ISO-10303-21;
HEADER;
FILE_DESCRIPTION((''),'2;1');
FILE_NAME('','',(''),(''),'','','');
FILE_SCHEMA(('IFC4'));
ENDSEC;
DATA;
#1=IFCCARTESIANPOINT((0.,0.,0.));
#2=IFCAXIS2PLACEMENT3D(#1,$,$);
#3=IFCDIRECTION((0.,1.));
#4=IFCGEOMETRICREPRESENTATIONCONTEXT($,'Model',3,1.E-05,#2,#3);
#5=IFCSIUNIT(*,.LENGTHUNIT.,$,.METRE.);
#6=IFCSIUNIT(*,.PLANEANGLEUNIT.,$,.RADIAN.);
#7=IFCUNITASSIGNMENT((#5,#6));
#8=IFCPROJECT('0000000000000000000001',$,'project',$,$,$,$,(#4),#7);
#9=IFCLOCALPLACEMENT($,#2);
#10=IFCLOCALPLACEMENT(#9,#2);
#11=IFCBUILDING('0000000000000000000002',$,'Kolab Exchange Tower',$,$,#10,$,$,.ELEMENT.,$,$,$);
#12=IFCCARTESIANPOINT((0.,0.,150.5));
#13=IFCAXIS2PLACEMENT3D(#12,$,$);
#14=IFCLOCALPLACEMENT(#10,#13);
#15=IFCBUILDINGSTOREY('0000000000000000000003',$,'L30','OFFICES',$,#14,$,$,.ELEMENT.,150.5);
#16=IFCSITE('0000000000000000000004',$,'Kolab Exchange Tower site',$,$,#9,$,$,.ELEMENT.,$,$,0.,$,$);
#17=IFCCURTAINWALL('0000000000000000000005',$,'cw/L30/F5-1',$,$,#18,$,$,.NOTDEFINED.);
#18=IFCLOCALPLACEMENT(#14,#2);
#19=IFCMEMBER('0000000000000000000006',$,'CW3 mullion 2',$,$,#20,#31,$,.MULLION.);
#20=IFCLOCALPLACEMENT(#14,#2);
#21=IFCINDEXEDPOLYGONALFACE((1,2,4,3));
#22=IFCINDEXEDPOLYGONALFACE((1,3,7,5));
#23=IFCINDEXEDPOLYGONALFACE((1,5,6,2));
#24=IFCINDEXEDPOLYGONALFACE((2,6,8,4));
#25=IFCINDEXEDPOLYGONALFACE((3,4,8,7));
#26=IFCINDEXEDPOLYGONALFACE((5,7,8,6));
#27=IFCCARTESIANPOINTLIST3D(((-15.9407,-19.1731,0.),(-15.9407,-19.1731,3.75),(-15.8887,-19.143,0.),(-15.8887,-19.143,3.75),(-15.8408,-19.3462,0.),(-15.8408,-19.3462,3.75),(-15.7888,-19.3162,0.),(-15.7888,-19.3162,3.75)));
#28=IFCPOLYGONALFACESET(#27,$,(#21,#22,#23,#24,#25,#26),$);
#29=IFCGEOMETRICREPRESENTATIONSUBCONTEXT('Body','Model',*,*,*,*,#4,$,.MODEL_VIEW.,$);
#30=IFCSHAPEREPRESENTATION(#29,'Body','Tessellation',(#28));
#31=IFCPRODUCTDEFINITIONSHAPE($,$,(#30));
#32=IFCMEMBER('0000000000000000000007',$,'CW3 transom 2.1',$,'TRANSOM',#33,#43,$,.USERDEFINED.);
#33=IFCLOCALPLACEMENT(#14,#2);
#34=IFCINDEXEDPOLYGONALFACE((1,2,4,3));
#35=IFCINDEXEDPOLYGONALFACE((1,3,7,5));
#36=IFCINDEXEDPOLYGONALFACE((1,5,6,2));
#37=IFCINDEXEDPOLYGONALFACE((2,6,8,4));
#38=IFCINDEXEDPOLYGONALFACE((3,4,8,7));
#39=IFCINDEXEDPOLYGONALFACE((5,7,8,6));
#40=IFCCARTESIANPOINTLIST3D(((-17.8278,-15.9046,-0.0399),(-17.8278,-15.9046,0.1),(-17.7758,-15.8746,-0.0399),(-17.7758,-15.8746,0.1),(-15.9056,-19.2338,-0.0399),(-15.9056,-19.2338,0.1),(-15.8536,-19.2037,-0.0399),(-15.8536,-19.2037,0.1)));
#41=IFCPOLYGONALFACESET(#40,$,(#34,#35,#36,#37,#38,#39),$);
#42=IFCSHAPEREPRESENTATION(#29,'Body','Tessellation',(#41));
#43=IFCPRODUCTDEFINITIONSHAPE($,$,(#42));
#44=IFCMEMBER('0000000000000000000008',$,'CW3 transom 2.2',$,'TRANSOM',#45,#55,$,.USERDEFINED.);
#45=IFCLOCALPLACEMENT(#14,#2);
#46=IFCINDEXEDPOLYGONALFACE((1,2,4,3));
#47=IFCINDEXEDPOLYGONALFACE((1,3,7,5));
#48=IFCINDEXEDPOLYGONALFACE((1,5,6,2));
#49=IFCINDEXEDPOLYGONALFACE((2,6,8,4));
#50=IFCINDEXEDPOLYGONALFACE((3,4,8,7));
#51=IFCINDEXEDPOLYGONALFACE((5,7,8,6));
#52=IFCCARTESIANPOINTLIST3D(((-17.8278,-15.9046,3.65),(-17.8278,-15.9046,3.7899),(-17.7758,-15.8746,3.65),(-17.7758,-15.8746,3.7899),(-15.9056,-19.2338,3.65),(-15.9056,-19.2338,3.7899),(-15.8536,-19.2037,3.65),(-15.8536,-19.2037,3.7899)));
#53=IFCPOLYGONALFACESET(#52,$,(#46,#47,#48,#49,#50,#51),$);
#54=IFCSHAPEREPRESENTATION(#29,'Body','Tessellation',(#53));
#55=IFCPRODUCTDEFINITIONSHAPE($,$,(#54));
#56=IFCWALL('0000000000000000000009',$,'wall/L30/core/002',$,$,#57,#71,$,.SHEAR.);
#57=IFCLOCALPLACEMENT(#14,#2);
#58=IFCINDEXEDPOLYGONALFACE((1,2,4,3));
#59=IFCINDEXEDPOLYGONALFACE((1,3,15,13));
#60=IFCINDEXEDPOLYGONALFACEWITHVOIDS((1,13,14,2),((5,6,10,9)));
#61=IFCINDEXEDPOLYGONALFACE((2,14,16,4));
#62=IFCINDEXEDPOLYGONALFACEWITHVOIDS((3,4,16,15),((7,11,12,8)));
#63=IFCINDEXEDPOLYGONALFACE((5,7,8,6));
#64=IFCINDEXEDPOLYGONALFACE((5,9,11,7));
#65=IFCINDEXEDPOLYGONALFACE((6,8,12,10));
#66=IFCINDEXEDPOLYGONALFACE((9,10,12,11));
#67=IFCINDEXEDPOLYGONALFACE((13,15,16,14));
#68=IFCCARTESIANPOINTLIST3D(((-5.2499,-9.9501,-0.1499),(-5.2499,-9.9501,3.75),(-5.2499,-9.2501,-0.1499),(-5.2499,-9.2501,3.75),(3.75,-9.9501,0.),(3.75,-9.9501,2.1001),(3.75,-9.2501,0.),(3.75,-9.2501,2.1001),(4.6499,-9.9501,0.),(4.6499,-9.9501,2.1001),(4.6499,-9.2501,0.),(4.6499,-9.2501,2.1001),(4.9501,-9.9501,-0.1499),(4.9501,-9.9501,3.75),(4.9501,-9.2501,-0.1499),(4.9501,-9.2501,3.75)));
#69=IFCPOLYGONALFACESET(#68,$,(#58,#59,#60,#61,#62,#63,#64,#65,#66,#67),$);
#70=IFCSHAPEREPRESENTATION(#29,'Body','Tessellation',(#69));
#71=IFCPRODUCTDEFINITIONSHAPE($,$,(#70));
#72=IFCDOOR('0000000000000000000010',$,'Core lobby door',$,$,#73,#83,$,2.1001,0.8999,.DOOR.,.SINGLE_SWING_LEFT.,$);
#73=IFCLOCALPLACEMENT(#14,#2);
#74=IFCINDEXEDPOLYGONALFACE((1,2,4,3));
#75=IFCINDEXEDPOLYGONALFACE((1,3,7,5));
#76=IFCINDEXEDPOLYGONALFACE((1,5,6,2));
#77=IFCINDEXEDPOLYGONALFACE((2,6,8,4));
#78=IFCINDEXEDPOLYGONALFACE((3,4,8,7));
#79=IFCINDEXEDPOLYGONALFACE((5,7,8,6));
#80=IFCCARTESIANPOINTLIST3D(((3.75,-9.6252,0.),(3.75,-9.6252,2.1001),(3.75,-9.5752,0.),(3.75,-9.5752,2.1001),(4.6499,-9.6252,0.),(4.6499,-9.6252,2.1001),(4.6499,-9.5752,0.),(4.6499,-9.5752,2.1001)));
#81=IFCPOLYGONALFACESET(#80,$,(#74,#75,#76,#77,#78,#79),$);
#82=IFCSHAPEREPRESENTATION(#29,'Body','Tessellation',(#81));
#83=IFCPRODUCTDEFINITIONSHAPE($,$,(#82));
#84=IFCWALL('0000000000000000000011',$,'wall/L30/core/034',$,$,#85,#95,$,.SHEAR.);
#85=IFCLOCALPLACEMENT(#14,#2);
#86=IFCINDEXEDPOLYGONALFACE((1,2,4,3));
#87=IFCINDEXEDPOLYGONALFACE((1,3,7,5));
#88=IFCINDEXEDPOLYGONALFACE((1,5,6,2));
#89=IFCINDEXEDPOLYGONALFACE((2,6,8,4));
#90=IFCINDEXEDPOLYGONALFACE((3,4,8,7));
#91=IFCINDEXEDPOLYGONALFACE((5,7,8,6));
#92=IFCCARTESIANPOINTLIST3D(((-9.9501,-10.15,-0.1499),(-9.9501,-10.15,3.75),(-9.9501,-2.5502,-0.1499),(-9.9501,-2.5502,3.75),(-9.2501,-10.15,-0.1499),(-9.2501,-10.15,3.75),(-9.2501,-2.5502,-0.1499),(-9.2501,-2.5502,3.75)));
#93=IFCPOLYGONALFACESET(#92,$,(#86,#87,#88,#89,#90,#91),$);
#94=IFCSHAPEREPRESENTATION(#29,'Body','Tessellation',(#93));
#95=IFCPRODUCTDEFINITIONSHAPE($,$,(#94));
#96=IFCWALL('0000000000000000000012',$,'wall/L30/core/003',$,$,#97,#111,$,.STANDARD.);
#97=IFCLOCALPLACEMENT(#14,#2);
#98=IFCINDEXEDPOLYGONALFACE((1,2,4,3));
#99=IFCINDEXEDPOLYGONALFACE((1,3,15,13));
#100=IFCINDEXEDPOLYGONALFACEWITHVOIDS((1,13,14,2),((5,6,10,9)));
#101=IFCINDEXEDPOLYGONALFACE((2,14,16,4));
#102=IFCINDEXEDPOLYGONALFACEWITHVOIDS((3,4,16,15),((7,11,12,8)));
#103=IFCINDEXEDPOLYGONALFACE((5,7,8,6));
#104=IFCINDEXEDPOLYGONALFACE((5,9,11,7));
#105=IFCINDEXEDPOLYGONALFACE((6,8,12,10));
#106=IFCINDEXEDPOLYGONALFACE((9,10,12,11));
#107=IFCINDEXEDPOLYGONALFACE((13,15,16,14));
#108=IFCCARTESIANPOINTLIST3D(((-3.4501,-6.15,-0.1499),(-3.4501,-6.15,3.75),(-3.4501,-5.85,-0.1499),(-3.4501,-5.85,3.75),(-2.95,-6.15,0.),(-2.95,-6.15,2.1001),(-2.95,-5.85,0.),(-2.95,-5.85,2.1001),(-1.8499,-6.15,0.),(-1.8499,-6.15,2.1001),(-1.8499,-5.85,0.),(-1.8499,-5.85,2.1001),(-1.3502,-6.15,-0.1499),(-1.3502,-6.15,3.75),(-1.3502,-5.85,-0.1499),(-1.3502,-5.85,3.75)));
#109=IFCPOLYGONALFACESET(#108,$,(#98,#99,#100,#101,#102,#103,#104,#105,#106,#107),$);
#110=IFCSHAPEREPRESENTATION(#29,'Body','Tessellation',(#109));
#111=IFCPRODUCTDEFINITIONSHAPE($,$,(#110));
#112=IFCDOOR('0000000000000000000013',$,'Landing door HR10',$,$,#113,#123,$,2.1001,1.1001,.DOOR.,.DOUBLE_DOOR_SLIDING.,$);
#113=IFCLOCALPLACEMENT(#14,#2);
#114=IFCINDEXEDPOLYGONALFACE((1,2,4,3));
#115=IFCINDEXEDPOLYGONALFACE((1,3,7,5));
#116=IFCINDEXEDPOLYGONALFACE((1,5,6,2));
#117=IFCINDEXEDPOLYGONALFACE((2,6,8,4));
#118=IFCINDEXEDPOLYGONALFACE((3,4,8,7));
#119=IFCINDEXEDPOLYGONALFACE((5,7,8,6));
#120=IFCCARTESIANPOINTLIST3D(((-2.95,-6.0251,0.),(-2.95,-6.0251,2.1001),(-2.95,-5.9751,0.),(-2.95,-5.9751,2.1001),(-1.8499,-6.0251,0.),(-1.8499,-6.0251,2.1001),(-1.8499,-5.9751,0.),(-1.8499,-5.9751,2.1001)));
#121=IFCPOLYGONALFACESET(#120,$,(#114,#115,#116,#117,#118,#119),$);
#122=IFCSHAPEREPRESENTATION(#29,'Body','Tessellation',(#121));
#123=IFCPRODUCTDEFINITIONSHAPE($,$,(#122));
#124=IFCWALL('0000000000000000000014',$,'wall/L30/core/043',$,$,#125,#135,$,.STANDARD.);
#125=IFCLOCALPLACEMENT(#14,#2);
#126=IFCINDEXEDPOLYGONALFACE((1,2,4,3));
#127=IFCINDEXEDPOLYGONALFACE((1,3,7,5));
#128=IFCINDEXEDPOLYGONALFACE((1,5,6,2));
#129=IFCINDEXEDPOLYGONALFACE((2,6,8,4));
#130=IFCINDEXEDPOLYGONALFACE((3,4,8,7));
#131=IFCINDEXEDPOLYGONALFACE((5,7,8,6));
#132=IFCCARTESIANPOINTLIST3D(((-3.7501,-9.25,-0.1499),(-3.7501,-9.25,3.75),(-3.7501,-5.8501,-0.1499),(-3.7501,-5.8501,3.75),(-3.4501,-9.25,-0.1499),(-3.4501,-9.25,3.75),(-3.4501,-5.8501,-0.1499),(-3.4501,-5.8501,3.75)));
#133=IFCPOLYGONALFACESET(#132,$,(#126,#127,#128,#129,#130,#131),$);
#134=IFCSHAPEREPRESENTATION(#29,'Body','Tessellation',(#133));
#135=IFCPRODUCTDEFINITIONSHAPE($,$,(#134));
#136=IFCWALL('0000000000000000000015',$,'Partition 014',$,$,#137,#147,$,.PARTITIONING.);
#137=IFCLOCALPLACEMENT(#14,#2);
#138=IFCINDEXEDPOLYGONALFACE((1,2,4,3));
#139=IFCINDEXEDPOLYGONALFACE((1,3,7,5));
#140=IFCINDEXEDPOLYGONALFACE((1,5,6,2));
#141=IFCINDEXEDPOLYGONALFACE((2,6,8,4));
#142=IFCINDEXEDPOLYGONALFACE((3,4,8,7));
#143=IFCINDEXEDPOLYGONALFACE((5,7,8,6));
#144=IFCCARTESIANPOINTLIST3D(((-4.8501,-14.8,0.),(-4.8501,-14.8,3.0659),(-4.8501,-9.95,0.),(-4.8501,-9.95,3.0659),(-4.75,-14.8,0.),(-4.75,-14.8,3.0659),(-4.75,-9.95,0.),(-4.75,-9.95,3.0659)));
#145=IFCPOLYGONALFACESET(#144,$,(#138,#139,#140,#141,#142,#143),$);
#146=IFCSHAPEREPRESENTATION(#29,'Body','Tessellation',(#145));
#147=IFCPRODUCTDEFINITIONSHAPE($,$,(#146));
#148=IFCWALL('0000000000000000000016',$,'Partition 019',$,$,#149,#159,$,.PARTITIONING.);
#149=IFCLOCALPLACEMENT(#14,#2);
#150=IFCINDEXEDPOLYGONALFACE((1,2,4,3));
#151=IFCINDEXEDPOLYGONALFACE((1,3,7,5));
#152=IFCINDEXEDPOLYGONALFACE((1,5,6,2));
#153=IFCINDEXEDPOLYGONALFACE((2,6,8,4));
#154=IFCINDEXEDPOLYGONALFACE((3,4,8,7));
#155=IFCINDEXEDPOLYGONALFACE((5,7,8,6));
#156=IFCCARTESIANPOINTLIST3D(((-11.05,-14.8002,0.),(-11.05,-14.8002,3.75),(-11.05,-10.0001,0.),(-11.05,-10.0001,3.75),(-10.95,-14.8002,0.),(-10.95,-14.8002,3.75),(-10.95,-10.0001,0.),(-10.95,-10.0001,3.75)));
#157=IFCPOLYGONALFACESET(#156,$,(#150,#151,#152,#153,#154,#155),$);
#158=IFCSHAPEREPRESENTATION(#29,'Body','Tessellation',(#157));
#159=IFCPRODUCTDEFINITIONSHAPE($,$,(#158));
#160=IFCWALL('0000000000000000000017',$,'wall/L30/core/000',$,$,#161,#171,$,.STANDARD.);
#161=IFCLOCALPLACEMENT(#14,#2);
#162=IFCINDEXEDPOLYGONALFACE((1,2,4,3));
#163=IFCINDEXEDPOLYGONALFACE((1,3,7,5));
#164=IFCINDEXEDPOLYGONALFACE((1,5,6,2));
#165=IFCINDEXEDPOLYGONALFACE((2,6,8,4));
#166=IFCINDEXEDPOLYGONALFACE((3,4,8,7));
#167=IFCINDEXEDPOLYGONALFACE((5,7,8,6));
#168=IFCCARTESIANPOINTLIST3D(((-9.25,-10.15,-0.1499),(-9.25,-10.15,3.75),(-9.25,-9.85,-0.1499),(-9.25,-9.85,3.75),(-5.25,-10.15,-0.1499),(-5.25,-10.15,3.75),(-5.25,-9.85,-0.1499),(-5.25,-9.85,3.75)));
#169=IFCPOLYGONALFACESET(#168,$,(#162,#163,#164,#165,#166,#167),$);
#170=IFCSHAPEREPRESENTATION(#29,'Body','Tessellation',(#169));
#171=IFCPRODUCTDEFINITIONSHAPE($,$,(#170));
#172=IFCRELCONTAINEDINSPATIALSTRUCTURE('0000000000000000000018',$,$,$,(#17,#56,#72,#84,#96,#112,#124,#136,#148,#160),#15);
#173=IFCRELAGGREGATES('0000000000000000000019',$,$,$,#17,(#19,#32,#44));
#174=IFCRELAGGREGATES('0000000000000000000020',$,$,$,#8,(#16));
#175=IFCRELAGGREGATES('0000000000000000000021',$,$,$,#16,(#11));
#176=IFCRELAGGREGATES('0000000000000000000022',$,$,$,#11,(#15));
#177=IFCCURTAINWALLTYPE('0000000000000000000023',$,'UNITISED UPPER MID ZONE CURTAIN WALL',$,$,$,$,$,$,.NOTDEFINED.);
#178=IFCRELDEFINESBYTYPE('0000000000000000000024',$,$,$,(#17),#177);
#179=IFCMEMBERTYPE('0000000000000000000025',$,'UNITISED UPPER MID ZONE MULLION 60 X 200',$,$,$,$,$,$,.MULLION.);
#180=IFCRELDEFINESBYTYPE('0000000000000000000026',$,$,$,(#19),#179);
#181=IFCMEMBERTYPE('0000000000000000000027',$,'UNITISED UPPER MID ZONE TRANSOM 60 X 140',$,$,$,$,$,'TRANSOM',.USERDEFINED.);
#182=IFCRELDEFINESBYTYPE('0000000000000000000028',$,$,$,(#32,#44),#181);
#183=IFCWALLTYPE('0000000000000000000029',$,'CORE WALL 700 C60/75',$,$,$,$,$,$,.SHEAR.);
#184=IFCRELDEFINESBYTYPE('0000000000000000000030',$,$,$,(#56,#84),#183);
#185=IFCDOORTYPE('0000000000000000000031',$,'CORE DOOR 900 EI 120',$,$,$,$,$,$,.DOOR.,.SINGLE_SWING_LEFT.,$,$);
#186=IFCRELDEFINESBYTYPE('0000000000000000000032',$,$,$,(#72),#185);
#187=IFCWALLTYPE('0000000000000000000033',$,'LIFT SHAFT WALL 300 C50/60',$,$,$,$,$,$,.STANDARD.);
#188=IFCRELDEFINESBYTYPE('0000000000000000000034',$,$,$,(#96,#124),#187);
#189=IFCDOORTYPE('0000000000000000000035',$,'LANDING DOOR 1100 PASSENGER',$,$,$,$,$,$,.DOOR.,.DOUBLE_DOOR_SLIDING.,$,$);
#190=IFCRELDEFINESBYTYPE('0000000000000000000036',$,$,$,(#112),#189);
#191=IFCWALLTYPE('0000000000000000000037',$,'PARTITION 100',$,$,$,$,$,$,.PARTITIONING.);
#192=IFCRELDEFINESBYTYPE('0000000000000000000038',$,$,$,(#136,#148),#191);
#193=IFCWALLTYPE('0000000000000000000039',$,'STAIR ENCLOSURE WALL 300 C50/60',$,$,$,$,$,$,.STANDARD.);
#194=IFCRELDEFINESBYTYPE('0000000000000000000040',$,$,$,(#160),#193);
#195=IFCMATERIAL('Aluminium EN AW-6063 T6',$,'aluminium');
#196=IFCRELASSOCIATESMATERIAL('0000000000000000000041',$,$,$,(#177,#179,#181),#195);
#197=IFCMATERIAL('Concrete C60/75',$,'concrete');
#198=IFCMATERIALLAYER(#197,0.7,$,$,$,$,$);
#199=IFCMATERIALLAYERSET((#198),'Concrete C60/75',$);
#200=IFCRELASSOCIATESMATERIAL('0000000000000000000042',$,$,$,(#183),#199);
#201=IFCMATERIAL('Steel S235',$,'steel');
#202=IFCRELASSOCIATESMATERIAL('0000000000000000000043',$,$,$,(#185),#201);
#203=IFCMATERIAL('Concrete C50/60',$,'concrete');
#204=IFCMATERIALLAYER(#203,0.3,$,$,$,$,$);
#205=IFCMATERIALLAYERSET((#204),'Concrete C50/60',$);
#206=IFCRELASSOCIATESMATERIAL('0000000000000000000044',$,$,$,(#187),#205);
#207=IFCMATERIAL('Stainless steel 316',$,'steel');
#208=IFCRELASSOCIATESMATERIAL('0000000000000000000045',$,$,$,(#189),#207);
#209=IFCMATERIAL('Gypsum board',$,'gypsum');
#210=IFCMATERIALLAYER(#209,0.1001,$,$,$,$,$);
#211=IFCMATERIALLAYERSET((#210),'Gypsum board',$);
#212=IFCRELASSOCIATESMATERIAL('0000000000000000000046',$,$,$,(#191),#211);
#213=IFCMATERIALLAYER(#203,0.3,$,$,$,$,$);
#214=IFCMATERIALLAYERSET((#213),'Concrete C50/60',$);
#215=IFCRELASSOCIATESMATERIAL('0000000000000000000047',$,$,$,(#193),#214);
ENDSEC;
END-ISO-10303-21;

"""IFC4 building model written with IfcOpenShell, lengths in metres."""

from ifc_helpers import new_model, si_unit, direction, frame, frame_2d, origin, origin_2d, place, context, subcontext, project, spatial, rectangle, extrude, material, layer, layer_set, material_profile, profile_set, type_object, element, fill, aggregate, save


model = new_model("IFC4")

# Units and contexts
model_context = context("Model", 3, precision=1e-05, world=origin(), true_north=direction((0.0, 1.0)))
body_context = subcontext(model_context, "Body", "Model", "MODEL_VIEW")
ifc_project = project(units=[si_unit("LENGTHUNIT", "METRE"), si_unit("PLANEANGLEUNIT", "RADIAN")], contexts=[model_context])

# Site, building, storey
site_placement = place(None, origin())
site = spatial("IfcSite", under=ifc_project, at=site_placement, Name="Kolab Exchange Tower site", CompositionType="ELEMENT", RefElevation=0.0)
building_placement = place(site_placement, origin())
building = spatial("IfcBuilding", under=site, at=building_placement, Name="Kolab Exchange Tower", CompositionType="ELEMENT")
storey_placement = place(building_placement, frame((0.0, 0.0, 150.5)))
storey = spatial("IfcBuildingStorey", under=building, at=storey_placement, Name="L30", Description="OFFICES", CompositionType="ELEMENT", Elevation=150.5)

# Curtain wall, members
ifc_material_1 = material(Name="Aluminium EN AW-6063 T6", Category="aluminium")
curtain_wall_type = type_object("IfcCurtainWallType", Name="UNITISED UPPER MID ZONE CURTAIN WALL", PredefinedType="NOTDEFINED", material=ifc_material_1)
curtain_wall_placement = place(storey_placement, origin())
curtain_wall = element("IfcCurtainWall", 1, at=curtain_wall_placement, inside=storey, type_object=curtain_wall_type, Name="cw/L30/F5-1", PredefinedType="NOTDEFINED")
ifc_material_profile_1 = material_profile(ifc_material_1, rectangle(XDim=0.0601, YDim=0.2, at=origin_2d()), Name="RECT 60X200")
ifc_profile_set_1 = profile_set([ifc_material_profile_1], Name="Aluminium EN AW-6063 T6")
member_type_1 = type_object("IfcMemberType", Name="UNITISED UPPER MID ZONE MULLION 60 X 200", PredefinedType="MULLION", material=ifc_profile_set_1)
member_1_placement = place(storey_placement, frame((-15.8647, -19.2446, 0.0), z_axis=(0.0, 0.0, 1.0), x_axis=(-0.866025, -0.5, 0.0)))
member_1 = element("IfcMember", 2, at=member_1_placement, type_object=member_type_1, Name="CW3 mullion 2", PredefinedType="MULLION", context=body_context, shape_type="SweptSolid", body=[
    extrude(rectangle(XDim=0.0601, YDim=0.2, at=origin_2d()), origin(), (0.0, 0.0, 1.0), 3.75),
])
ifc_material_profile_2 = material_profile(ifc_material_1, rectangle(XDim=0.0601, YDim=0.1399, at=origin_2d()), Name="RECT 60X140")
ifc_profile_set_2 = profile_set([ifc_material_profile_2], Name="Aluminium EN AW-6063 T6")
member_type_2 = type_object("IfcMemberType", Name="UNITISED UPPER MID ZONE TRANSOM 60 X 140", ElementType="TRANSOM", PredefinedType="USERDEFINED", material=ifc_profile_set_2)
member_2_placement = place(storey_placement, frame((-15.8796, -19.2188, 0.03), z_axis=(-0.500012, 0.866018, 0.0), x_axis=(-0.866018, -0.500012, 0.0)))
member_2 = element("IfcMember", 3, at=member_2_placement, type_object=member_type_2, Name="CW3 transom 2.1", ObjectType="TRANSOM", PredefinedType="USERDEFINED", context=body_context, shape_type="SweptSolid", body=[
    extrude(rectangle(XDim=0.0601, YDim=0.1399, at=origin_2d()), origin(), (0.0, 0.0, 1.0), 3.8442),
])
member_3_placement = place(storey_placement, frame((-15.8796, -19.2188, 3.72), z_axis=(-0.500012, 0.866018, 0.0), x_axis=(-0.866018, -0.500012, 0.0)))
member_3 = element("IfcMember", 4, at=member_3_placement, type_object=member_type_2, Name="CW3 transom 2.2", ObjectType="TRANSOM", PredefinedType="USERDEFINED", context=body_context, shape_type="SweptSolid", body=[
    extrude(rectangle(XDim=0.0601, YDim=0.1399, at=origin_2d()), origin(), (0.0, 0.0, 1.0), 3.8442),
])
aggregate(curtain_wall, [member_1, member_2, member_3])

# Wall, opening, door
ifc_material_2 = material(Name="Concrete C60/75", Category="concrete")
ifc_layer_1 = layer(ifc_material_2, 0.7)
ifc_layer_set_1 = layer_set([ifc_layer_1], Name="Concrete C60/75")
wall_type_1 = type_object("IfcWallType", Name="CORE WALL 700 C60/75", PredefinedType="SHEAR", material=ifc_layer_set_1)
wall_1_placement = place(storey_placement, frame((-5.25, -9.6001, -0.1499), z_axis=(0.0, 0.0, 1.0), x_axis=(1.0, 0.0, 0.0)))
wall_1 = element("IfcWall", 5, at=wall_1_placement, inside=storey, type_object=wall_type_1, Name="wall/L30/core/002", PredefinedType="SHEAR", context=body_context, shape_type="SweptSolid", body=[
    extrude(rectangle(XDim=10.2, YDim=0.7, at=frame_2d((5.1001, 0.0))), origin(), (0.0, 0.0, 1.0), 3.8999),
])
opening_1_placement = place(wall_1_placement, frame((9.0, 0.0, 0.1499)))
opening_1 = element("IfcOpeningElement", 6, at=opening_1_placement, cuts=wall_1, PredefinedType="OPENING", context=body_context, shape_type="SweptSolid", body=[
    extrude(rectangle(XDim=0.8999, YDim=2.1001, at=frame_2d((0.45, 1.05))), frame((0.0, 0.3599, 0.0), z_axis=(0.0, -1.0, 0.0), x_axis=(1.0, 0.0, 0.0)), (0.0, 0.0, 1.0), 0.72),
])
ifc_material_3 = material(Name="Steel S235", Category="steel")
door_type_1 = type_object("IfcDoorType", Name="CORE DOOR 900 EI 120", OperationType="SINGLE_SWING_LEFT", PredefinedType="DOOR", material=ifc_material_3)
door_1_placement = place(opening_1_placement, origin())
door_1 = element("IfcDoor", 7, at=door_1_placement, inside=storey, type_object=door_type_1, Name="Core lobby door", OperationType="SINGLE_SWING_LEFT", OverallHeight=2.1001, OverallWidth=0.8999, PredefinedType="DOOR", context=body_context, shape_type="SweptSolid", body=[
    extrude(rectangle(XDim=0.8999, YDim=2.1001, at=frame_2d((0.45, 1.05))), frame((0.0, 0.0249, 0.0), z_axis=(0.0, -1.0, 0.0), x_axis=(1.0, 0.0, 0.0)), (0.0, 0.0, 1.0), 0.05),
])
fill(opening_1, door_1)

# Wall
wall_2_placement = place(storey_placement, frame((-9.6001, -10.1499, -0.1499), z_axis=(0.0, 0.0, 1.0), x_axis=(0.0, 1.0, 0.0)))
element("IfcWall", 8, at=wall_2_placement, inside=storey, type_object=wall_type_1, Name="wall/L30/core/034", PredefinedType="SHEAR", context=body_context, shape_type="SweptSolid", body=[
    extrude(rectangle(XDim=7.5999, YDim=0.7, at=frame_2d((3.7998, 0.0))), origin(), (0.0, 0.0, 1.0), 3.8999),
])

# Wall, opening, door
ifc_material_4 = material(Name="Concrete C50/60", Category="concrete")
ifc_layer_2 = layer(ifc_material_4, 0.3)
ifc_layer_set_2 = layer_set([ifc_layer_2], Name="Concrete C50/60")
wall_type_2 = type_object("IfcWallType", Name="LIFT SHAFT WALL 300 C50/60", PredefinedType="STANDARD", material=ifc_layer_set_2)
wall_3_placement = place(storey_placement, frame((-3.45, -6.0, -0.1499), z_axis=(0.0, 0.0, 1.0), x_axis=(1.0, 0.0, 0.0)))
wall_3 = element("IfcWall", 9, at=wall_3_placement, inside=storey, type_object=wall_type_2, Name="wall/L30/core/003", PredefinedType="STANDARD", context=body_context, shape_type="SweptSolid", body=[
    extrude(rectangle(XDim=2.0999, YDim=0.3, at=frame_2d((1.0498, 0.0))), origin(), (0.0, 0.0, 1.0), 3.8999),
])
opening_2_placement = place(wall_3_placement, frame((0.5, 0.0, 0.1499)))
opening_2 = element("IfcOpeningElement", 10, at=opening_2_placement, cuts=wall_3, PredefinedType="OPENING", context=body_context, shape_type="SweptSolid", body=[
    extrude(rectangle(XDim=1.1001, YDim=2.1001, at=frame_2d((0.55, 1.05))), frame((0.0, 0.1602, 0.0), z_axis=(0.0, -1.0, 0.0), x_axis=(1.0, 0.0, 0.0)), (0.0, 0.0, 1.0), 0.3201),
])
ifc_material_5 = material(Name="Stainless steel 316", Category="steel")
door_type_2 = type_object("IfcDoorType", Name="LANDING DOOR 1100 PASSENGER", OperationType="DOUBLE_DOOR_SLIDING", PredefinedType="DOOR", material=ifc_material_5)
door_2_placement = place(opening_2_placement, origin())
door_2 = element("IfcDoor", 11, at=door_2_placement, inside=storey, type_object=door_type_2, Name="Landing door HR10", OperationType="DOUBLE_DOOR_SLIDING", OverallHeight=2.1001, OverallWidth=1.1001, PredefinedType="DOOR", context=body_context, shape_type="SweptSolid", body=[
    extrude(rectangle(XDim=1.1001, YDim=2.1001, at=frame_2d((0.55, 1.05))), frame((0.0, 0.0249, 0.0), z_axis=(0.0, -1.0, 0.0), x_axis=(1.0, 0.0, 0.0)), (0.0, 0.0, 1.0), 0.05),
])
fill(opening_2, door_2)

# Walls
wall_4_placement = place(storey_placement, frame((-3.6001, -9.25, -0.1499), z_axis=(0.0, 0.0, 1.0), x_axis=(0.0, 1.0, 0.0)))
element("IfcWall", 12, at=wall_4_placement, inside=storey, type_object=wall_type_2, Name="wall/L30/core/043", PredefinedType="STANDARD", context=body_context, shape_type="SweptSolid", body=[
    extrude(rectangle(XDim=3.3999, YDim=0.3, at=frame_2d((1.7, 0.0))), origin(), (0.0, 0.0, 1.0), 3.8999),
])
ifc_material_6 = material(Name="Gypsum board", Category="gypsum")
ifc_layer_3 = layer(ifc_material_6, 0.1001)
ifc_layer_set_3 = layer_set([ifc_layer_3], Name="Gypsum board")
wall_type_3 = type_object("IfcWallType", Name="PARTITION 100", PredefinedType="PARTITIONING", material=ifc_layer_set_3)
wall_5_placement = place(storey_placement, frame((-4.8, -14.8, 0.0), z_axis=(0.0, 0.0, 1.0), x_axis=(0.0, 1.0, 0.0)))
element("IfcWall", 13, at=wall_5_placement, inside=storey, type_object=wall_type_3, Name="Partition 014", PredefinedType="PARTITIONING", context=body_context, shape_type="SweptSolid", body=[
    extrude(rectangle(XDim=4.8501, YDim=0.1001, at=frame_2d((2.425, 0.0))), origin(), (0.0, 0.0, 1.0), 3.0659),
])
wall_6_placement = place(storey_placement, frame((-11.0, -14.8, 0.0), z_axis=(0.0, 0.0, 1.0), x_axis=(0.0, 1.0, 0.0)))
element("IfcWall", 14, at=wall_6_placement, inside=storey, type_object=wall_type_3, Name="Partition 019", PredefinedType="PARTITIONING", context=body_context, shape_type="SweptSolid", body=[
    extrude(rectangle(XDim=4.8, YDim=0.1001, at=frame_2d((2.3999, 0.0))), origin(), (0.0, 0.0, 1.0), 3.75),
])
ifc_layer_4 = layer(ifc_material_4, 0.3)
ifc_layer_set_4 = layer_set([ifc_layer_4], Name="Concrete C50/60")
wall_type_4 = type_object("IfcWallType", Name="STAIR ENCLOSURE WALL 300 C50/60", PredefinedType="STANDARD", material=ifc_layer_set_4)
wall_7_placement = place(storey_placement, frame((-9.25, -10.0, -0.1499), z_axis=(0.0, 0.0, 1.0), x_axis=(1.0, 0.0, 0.0)))
element("IfcWall", 15, at=wall_7_placement, inside=storey, type_object=wall_type_4, Name="wall/L30/core/000", PredefinedType="STANDARD", context=body_context, shape_type="SweptSolid", body=[
    extrude(rectangle(XDim=4.0, YDim=0.3, at=frame_2d((2.0, 0.0))), origin(), (0.0, 0.0, 1.0), 3.8999),
])

save(model, "model.ifc")
